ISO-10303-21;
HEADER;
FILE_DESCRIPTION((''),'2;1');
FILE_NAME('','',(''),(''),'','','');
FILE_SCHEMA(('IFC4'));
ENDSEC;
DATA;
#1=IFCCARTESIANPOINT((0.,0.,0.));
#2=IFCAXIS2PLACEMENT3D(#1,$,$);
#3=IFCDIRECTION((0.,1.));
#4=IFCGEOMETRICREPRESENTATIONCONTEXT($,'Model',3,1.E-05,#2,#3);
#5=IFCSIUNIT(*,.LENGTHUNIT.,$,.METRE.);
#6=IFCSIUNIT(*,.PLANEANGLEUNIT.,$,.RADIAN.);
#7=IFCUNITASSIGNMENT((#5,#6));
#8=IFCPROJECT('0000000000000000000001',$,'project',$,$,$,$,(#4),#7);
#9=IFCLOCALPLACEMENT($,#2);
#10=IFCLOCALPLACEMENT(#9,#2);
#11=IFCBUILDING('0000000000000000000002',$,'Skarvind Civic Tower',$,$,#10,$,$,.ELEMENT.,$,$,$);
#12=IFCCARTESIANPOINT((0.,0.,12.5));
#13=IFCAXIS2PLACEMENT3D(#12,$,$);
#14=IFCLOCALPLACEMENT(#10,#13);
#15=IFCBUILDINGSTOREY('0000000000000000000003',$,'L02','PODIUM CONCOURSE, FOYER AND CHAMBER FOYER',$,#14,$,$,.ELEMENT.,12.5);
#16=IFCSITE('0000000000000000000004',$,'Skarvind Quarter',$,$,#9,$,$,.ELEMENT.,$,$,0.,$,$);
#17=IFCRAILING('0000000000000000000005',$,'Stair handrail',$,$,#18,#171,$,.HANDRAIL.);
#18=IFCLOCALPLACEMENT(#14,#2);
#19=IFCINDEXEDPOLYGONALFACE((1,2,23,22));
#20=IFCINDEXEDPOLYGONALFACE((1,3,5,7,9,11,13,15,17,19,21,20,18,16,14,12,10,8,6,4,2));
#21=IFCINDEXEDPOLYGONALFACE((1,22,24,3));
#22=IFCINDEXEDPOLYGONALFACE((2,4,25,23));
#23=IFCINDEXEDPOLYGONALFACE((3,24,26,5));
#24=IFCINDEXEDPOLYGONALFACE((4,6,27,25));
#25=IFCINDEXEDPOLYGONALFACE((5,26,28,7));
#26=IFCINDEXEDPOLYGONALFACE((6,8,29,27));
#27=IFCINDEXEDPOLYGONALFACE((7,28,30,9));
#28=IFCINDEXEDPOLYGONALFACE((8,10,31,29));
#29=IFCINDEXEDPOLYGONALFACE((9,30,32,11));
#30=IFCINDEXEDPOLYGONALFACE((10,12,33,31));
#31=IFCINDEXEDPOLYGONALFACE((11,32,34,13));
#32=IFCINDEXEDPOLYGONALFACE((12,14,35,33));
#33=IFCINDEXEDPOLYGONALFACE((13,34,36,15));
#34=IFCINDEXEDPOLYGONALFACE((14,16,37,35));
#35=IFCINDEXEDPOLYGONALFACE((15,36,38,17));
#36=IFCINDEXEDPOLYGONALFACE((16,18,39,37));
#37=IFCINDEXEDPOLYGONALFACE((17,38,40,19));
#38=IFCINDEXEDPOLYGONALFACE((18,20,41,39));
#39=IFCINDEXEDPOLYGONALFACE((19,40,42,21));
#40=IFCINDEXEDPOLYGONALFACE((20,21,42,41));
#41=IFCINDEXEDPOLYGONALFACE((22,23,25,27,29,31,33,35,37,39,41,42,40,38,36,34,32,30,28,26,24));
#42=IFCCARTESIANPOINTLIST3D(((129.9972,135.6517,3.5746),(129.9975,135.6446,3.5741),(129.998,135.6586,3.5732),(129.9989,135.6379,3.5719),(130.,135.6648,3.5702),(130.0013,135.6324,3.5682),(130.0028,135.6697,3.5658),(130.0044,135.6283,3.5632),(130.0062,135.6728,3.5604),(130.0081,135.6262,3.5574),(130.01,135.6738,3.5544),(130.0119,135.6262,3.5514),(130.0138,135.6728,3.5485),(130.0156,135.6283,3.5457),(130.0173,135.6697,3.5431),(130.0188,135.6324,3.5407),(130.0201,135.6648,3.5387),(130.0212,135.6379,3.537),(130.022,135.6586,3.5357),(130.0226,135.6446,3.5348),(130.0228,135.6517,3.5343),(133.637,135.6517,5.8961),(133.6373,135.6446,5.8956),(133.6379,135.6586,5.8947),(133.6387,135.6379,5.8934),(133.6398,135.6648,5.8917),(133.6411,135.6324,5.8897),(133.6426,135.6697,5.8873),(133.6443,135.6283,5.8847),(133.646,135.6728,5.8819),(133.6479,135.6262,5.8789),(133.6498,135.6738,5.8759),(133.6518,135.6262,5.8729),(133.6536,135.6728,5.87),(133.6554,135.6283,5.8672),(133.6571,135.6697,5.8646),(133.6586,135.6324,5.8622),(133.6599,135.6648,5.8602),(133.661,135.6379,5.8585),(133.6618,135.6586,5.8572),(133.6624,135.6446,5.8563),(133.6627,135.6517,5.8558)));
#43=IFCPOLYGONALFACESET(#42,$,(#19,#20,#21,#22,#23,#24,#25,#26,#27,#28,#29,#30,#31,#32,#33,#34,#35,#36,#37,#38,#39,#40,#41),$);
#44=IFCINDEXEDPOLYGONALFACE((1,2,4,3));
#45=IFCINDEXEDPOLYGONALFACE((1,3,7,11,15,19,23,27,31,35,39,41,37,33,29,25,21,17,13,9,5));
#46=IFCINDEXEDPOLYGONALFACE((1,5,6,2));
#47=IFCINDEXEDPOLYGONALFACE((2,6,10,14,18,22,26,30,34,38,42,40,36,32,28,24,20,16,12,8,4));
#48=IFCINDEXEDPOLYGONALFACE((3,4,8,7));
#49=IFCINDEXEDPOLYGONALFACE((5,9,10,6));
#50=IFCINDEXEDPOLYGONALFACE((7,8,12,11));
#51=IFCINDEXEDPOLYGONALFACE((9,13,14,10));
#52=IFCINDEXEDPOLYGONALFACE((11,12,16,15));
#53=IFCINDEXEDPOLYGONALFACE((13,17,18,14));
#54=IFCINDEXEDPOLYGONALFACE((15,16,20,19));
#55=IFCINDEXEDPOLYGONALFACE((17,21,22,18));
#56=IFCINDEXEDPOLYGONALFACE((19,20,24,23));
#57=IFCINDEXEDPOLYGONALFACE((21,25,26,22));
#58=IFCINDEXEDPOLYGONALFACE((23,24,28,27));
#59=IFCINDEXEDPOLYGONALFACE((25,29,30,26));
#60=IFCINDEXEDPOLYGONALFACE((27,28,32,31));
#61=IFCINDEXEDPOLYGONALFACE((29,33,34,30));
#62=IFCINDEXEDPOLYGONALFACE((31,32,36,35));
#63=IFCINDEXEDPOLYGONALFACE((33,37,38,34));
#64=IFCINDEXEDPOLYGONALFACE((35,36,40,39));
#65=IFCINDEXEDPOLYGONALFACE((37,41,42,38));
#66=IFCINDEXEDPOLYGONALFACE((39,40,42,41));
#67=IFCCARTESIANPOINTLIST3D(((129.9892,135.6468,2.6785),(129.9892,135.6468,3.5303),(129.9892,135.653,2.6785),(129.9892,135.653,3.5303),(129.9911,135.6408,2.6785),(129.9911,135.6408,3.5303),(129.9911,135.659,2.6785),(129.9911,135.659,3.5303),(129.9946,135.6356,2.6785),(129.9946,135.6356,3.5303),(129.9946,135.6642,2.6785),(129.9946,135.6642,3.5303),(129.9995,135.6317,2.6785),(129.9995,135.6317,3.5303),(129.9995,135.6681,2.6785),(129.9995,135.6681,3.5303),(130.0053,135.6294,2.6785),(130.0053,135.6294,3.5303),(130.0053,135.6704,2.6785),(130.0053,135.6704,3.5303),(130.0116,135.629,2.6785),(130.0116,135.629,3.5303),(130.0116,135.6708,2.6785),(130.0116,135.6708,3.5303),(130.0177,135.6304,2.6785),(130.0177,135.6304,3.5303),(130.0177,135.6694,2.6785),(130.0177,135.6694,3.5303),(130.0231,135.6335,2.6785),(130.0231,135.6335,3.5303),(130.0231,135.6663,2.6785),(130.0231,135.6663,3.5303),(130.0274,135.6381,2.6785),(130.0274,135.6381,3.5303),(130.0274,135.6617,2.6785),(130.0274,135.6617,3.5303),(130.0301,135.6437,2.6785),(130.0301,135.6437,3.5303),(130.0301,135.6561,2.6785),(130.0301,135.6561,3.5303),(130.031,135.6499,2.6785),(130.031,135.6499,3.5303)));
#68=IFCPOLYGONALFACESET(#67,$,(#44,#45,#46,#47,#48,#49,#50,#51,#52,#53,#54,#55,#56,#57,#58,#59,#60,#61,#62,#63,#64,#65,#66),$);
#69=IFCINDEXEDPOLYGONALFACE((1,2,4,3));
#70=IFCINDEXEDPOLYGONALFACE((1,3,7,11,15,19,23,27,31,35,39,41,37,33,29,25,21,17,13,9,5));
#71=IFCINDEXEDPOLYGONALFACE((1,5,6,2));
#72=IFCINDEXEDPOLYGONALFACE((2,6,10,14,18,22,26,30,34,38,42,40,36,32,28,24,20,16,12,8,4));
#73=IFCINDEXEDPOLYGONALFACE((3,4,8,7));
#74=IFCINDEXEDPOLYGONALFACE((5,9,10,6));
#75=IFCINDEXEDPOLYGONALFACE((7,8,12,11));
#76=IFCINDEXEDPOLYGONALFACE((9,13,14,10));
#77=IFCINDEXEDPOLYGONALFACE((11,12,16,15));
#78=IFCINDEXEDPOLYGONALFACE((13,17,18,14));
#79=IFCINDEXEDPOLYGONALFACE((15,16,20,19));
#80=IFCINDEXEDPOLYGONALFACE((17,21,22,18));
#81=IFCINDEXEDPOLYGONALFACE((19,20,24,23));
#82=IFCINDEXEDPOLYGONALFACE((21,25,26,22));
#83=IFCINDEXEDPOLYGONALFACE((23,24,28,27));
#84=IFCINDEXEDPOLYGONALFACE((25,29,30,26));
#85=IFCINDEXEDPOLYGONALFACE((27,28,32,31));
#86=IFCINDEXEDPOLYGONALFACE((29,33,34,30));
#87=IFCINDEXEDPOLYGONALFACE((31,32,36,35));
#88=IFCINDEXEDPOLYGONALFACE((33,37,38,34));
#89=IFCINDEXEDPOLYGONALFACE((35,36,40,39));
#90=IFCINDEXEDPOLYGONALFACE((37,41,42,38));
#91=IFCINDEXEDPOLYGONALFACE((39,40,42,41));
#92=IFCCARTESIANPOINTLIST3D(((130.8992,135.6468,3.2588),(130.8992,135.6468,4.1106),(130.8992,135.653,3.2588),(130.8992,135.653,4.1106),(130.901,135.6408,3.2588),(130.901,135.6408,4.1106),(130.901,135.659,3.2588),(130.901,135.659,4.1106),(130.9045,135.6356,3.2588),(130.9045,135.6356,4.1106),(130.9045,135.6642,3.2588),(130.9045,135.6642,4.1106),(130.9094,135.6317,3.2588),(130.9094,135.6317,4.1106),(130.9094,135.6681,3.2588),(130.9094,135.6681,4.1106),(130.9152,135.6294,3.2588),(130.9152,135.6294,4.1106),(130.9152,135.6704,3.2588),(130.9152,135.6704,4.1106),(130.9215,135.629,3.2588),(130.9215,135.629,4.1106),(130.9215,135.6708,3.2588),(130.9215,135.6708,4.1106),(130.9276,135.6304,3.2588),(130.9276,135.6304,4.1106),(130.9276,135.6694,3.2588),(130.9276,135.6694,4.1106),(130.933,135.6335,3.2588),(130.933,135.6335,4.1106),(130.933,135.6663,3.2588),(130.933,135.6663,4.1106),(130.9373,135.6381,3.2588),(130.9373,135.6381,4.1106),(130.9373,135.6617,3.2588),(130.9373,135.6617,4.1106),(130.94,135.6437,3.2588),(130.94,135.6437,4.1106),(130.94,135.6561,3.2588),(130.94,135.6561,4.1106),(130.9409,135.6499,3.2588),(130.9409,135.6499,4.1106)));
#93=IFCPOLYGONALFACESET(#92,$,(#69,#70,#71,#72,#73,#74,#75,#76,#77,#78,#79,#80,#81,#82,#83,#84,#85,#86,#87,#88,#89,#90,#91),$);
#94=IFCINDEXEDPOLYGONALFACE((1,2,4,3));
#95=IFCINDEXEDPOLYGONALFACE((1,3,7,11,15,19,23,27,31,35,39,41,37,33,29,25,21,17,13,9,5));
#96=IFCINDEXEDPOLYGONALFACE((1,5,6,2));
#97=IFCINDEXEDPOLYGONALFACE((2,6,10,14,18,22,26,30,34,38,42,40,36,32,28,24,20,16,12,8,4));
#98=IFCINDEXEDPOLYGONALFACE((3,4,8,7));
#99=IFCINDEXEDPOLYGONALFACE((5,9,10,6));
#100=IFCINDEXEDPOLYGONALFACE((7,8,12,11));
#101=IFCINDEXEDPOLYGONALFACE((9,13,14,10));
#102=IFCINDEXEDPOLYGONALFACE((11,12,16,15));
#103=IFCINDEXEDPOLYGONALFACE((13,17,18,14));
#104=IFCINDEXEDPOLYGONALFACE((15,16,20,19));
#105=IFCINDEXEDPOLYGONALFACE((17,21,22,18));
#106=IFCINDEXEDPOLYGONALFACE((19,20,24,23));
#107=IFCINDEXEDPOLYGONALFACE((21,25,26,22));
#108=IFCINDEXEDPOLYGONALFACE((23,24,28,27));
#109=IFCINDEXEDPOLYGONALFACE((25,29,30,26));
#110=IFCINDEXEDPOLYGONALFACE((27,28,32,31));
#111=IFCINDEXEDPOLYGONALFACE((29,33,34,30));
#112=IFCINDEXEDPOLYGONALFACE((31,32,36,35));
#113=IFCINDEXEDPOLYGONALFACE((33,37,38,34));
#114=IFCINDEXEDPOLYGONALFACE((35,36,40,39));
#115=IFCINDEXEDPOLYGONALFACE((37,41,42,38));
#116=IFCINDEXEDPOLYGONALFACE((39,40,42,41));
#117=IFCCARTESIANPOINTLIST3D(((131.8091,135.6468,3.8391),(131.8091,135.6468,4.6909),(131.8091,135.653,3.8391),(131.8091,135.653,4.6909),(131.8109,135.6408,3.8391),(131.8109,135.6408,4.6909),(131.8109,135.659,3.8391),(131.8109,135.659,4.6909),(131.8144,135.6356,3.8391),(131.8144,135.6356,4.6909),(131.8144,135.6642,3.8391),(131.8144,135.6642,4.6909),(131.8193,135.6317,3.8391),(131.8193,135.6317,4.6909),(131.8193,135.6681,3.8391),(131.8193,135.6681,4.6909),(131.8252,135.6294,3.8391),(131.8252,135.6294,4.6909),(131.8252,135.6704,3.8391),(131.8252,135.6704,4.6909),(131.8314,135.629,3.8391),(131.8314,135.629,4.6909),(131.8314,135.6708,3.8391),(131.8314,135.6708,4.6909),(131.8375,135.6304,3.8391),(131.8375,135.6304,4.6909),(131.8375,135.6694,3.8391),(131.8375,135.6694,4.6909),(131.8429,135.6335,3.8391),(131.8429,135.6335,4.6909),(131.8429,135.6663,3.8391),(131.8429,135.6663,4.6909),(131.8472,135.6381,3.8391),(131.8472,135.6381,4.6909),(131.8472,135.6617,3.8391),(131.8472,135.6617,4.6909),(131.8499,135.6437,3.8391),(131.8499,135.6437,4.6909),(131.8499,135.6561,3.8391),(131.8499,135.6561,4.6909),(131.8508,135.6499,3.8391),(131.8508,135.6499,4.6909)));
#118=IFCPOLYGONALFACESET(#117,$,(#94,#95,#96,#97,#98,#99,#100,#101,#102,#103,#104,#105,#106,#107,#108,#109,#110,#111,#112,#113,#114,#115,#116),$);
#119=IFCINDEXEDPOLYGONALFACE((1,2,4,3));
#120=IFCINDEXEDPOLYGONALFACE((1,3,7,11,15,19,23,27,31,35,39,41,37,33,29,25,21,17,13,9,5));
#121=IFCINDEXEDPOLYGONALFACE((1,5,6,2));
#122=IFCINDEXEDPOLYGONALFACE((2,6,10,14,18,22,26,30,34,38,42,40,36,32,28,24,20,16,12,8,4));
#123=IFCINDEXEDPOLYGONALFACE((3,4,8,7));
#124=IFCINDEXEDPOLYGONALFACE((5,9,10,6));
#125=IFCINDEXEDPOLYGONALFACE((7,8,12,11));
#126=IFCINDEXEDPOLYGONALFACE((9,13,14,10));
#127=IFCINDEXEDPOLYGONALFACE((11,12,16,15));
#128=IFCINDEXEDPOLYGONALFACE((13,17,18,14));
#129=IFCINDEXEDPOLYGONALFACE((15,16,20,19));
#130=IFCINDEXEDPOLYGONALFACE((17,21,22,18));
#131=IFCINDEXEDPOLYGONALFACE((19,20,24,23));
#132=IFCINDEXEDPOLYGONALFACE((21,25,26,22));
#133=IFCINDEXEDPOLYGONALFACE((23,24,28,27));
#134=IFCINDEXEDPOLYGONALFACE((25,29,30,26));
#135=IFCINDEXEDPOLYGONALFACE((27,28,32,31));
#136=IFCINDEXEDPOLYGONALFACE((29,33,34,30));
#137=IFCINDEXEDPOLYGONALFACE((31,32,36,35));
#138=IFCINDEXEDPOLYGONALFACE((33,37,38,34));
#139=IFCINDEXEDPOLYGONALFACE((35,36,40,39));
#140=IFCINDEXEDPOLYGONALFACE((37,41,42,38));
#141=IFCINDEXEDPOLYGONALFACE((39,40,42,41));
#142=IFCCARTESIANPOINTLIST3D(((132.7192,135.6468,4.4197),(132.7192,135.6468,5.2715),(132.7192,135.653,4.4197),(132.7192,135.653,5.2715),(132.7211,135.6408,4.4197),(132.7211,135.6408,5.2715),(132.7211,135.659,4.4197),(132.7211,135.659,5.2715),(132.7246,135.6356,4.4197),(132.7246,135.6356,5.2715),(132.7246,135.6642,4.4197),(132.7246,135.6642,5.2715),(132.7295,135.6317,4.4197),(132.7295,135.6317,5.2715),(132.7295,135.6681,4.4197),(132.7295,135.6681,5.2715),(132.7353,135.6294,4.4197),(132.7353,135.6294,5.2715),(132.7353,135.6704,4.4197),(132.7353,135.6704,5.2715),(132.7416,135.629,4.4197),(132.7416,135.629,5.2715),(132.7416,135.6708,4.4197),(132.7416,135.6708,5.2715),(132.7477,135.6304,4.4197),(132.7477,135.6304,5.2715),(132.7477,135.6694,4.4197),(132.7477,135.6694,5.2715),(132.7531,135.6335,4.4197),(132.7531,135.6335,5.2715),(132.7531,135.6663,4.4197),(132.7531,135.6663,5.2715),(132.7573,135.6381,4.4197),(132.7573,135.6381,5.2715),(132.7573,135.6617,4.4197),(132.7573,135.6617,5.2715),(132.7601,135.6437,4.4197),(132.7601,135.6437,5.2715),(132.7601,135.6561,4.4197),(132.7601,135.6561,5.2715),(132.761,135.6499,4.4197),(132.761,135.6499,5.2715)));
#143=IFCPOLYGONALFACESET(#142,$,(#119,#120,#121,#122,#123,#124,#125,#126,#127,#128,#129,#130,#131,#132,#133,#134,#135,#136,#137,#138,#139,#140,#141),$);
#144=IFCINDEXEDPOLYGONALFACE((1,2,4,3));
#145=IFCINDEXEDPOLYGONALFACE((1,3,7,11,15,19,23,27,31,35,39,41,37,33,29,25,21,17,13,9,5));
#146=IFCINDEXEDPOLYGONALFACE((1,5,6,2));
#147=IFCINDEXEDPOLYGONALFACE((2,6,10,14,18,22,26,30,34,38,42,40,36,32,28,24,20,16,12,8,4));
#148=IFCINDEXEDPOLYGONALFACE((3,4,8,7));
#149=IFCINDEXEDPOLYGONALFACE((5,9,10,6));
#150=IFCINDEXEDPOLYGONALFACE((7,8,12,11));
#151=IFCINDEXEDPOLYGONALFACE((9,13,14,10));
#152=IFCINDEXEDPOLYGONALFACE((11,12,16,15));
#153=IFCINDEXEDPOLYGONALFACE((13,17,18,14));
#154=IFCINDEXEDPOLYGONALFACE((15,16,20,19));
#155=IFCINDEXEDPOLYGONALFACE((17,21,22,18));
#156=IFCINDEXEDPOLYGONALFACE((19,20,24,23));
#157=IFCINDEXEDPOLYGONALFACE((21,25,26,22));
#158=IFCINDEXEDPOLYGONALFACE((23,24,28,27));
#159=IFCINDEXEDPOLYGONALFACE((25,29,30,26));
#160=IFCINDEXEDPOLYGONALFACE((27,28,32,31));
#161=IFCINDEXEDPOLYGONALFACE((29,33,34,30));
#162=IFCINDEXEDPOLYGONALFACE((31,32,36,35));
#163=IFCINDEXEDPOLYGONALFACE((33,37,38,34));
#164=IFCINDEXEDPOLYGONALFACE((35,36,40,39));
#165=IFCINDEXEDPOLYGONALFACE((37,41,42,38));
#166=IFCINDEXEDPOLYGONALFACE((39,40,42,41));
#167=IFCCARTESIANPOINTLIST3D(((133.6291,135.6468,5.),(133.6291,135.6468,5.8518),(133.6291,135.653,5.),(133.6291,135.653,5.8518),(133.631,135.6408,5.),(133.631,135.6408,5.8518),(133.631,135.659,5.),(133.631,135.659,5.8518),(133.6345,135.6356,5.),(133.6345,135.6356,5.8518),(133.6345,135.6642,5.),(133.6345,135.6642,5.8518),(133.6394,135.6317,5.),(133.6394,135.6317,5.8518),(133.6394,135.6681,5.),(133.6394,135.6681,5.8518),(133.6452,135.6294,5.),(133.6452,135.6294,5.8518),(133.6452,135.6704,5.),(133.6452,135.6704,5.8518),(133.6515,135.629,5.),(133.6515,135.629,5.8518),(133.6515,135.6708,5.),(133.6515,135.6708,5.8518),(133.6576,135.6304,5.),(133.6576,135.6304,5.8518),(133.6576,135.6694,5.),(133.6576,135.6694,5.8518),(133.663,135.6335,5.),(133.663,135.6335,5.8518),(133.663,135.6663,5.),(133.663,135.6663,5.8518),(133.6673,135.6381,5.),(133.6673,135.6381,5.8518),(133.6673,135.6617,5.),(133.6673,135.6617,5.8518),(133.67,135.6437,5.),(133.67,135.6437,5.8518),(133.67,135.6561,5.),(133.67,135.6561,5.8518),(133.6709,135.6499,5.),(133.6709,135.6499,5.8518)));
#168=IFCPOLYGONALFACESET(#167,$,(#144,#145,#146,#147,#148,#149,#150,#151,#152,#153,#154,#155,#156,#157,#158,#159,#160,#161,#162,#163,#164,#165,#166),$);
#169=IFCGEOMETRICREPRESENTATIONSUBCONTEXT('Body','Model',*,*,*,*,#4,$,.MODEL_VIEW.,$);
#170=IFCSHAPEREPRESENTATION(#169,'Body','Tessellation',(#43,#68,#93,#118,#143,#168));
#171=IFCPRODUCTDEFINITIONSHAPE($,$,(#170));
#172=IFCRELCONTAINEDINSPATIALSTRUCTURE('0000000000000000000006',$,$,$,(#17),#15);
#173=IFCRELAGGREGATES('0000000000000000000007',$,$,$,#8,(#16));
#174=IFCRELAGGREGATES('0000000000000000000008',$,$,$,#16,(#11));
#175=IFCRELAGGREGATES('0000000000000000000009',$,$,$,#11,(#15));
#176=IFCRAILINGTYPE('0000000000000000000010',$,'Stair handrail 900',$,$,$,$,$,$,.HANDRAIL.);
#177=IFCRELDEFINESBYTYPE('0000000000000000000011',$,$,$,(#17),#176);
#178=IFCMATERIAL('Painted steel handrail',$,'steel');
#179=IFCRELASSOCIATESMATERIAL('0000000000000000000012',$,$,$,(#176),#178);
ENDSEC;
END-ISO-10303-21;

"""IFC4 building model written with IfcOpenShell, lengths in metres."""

from ifc_helpers import new_model, si_unit, direction, frame, origin, origin_2d, place, context, subcontext, project, spatial, circle, extrude, material, type_object, element, save


model = new_model("IFC4")

# Units and contexts
model_context = context("Model", 3, precision=1e-05, world=origin(), true_north=direction((0.0, 1.0)))
body_context = subcontext(model_context, "Body", "Model", "MODEL_VIEW")
ifc_project = project(units=[si_unit("LENGTHUNIT", "METRE"), si_unit("PLANEANGLEUNIT", "RADIAN")], contexts=[model_context])

# Site, building, storey
site_placement = place(None, origin())
site = spatial("IfcSite", under=ifc_project, at=site_placement, Name="Skarvind Quarter", CompositionType="ELEMENT", RefElevation=0.0)
building_placement = place(site_placement, origin())
building = spatial("IfcBuilding", under=site, at=building_placement, Name="Skarvind Civic Tower", CompositionType="ELEMENT")
storey_placement = place(building_placement, frame((0.0, 0.0, 12.5)))
storey = spatial("IfcBuildingStorey", under=building, at=storey_placement, Name="L02", Description="PODIUM CONCOURSE, FOYER AND CHAMBER FOYER", CompositionType="ELEMENT", Elevation=12.5)

# Railing
ifc_material_1 = material(Name="Painted steel handrail", Category="steel")
railing_type = type_object("IfcRailingType", Name="Stair handrail 900", PredefinedType="HANDRAIL", material=ifc_material_1)
for number, where, name in (
    (1, (130.01, 135.6499, 2.6785), "Stair handrail"),
):
    element("IfcRailing", number, at=place(storey_placement, frame(where)), inside=storey, type_object=railing_type, Name=name, PredefinedType="HANDRAIL", context=body_context, shape_type="SweptSolid", body=[
        extrude(circle(Radius=0.0239, at=origin_2d()), frame((0.0, 0.0, 0.876), z_axis=(0.843112, 0.0, 0.537739), x_axis=(0.0, 1.0, 0.0)), (0.0, 0.0, 1.0), 4.3171),
        extrude(circle(Radius=0.021, at=origin_2d()), origin(), (0.0, 0.0, 1.0), 0.8518),
        extrude(circle(Radius=0.021, at=origin_2d()), frame((0.9099, 0.0, 0.5803)), (0.0, 0.0, 1.0), 0.8518),
        extrude(circle(Radius=0.021, at=origin_2d()), frame((1.8198, 0.0, 1.1606)), (0.0, 0.0, 1.0), 0.8518),
        extrude(circle(Radius=0.021, at=origin_2d()), frame((2.73, 0.0, 1.7412)), (0.0, 0.0, 1.0), 0.8518),
        extrude(circle(Radius=0.021, at=origin_2d()), frame((3.6399, 0.0, 2.3215)), (0.0, 0.0, 1.0), 0.8518),
    ])

save(model, "model.ifc")
